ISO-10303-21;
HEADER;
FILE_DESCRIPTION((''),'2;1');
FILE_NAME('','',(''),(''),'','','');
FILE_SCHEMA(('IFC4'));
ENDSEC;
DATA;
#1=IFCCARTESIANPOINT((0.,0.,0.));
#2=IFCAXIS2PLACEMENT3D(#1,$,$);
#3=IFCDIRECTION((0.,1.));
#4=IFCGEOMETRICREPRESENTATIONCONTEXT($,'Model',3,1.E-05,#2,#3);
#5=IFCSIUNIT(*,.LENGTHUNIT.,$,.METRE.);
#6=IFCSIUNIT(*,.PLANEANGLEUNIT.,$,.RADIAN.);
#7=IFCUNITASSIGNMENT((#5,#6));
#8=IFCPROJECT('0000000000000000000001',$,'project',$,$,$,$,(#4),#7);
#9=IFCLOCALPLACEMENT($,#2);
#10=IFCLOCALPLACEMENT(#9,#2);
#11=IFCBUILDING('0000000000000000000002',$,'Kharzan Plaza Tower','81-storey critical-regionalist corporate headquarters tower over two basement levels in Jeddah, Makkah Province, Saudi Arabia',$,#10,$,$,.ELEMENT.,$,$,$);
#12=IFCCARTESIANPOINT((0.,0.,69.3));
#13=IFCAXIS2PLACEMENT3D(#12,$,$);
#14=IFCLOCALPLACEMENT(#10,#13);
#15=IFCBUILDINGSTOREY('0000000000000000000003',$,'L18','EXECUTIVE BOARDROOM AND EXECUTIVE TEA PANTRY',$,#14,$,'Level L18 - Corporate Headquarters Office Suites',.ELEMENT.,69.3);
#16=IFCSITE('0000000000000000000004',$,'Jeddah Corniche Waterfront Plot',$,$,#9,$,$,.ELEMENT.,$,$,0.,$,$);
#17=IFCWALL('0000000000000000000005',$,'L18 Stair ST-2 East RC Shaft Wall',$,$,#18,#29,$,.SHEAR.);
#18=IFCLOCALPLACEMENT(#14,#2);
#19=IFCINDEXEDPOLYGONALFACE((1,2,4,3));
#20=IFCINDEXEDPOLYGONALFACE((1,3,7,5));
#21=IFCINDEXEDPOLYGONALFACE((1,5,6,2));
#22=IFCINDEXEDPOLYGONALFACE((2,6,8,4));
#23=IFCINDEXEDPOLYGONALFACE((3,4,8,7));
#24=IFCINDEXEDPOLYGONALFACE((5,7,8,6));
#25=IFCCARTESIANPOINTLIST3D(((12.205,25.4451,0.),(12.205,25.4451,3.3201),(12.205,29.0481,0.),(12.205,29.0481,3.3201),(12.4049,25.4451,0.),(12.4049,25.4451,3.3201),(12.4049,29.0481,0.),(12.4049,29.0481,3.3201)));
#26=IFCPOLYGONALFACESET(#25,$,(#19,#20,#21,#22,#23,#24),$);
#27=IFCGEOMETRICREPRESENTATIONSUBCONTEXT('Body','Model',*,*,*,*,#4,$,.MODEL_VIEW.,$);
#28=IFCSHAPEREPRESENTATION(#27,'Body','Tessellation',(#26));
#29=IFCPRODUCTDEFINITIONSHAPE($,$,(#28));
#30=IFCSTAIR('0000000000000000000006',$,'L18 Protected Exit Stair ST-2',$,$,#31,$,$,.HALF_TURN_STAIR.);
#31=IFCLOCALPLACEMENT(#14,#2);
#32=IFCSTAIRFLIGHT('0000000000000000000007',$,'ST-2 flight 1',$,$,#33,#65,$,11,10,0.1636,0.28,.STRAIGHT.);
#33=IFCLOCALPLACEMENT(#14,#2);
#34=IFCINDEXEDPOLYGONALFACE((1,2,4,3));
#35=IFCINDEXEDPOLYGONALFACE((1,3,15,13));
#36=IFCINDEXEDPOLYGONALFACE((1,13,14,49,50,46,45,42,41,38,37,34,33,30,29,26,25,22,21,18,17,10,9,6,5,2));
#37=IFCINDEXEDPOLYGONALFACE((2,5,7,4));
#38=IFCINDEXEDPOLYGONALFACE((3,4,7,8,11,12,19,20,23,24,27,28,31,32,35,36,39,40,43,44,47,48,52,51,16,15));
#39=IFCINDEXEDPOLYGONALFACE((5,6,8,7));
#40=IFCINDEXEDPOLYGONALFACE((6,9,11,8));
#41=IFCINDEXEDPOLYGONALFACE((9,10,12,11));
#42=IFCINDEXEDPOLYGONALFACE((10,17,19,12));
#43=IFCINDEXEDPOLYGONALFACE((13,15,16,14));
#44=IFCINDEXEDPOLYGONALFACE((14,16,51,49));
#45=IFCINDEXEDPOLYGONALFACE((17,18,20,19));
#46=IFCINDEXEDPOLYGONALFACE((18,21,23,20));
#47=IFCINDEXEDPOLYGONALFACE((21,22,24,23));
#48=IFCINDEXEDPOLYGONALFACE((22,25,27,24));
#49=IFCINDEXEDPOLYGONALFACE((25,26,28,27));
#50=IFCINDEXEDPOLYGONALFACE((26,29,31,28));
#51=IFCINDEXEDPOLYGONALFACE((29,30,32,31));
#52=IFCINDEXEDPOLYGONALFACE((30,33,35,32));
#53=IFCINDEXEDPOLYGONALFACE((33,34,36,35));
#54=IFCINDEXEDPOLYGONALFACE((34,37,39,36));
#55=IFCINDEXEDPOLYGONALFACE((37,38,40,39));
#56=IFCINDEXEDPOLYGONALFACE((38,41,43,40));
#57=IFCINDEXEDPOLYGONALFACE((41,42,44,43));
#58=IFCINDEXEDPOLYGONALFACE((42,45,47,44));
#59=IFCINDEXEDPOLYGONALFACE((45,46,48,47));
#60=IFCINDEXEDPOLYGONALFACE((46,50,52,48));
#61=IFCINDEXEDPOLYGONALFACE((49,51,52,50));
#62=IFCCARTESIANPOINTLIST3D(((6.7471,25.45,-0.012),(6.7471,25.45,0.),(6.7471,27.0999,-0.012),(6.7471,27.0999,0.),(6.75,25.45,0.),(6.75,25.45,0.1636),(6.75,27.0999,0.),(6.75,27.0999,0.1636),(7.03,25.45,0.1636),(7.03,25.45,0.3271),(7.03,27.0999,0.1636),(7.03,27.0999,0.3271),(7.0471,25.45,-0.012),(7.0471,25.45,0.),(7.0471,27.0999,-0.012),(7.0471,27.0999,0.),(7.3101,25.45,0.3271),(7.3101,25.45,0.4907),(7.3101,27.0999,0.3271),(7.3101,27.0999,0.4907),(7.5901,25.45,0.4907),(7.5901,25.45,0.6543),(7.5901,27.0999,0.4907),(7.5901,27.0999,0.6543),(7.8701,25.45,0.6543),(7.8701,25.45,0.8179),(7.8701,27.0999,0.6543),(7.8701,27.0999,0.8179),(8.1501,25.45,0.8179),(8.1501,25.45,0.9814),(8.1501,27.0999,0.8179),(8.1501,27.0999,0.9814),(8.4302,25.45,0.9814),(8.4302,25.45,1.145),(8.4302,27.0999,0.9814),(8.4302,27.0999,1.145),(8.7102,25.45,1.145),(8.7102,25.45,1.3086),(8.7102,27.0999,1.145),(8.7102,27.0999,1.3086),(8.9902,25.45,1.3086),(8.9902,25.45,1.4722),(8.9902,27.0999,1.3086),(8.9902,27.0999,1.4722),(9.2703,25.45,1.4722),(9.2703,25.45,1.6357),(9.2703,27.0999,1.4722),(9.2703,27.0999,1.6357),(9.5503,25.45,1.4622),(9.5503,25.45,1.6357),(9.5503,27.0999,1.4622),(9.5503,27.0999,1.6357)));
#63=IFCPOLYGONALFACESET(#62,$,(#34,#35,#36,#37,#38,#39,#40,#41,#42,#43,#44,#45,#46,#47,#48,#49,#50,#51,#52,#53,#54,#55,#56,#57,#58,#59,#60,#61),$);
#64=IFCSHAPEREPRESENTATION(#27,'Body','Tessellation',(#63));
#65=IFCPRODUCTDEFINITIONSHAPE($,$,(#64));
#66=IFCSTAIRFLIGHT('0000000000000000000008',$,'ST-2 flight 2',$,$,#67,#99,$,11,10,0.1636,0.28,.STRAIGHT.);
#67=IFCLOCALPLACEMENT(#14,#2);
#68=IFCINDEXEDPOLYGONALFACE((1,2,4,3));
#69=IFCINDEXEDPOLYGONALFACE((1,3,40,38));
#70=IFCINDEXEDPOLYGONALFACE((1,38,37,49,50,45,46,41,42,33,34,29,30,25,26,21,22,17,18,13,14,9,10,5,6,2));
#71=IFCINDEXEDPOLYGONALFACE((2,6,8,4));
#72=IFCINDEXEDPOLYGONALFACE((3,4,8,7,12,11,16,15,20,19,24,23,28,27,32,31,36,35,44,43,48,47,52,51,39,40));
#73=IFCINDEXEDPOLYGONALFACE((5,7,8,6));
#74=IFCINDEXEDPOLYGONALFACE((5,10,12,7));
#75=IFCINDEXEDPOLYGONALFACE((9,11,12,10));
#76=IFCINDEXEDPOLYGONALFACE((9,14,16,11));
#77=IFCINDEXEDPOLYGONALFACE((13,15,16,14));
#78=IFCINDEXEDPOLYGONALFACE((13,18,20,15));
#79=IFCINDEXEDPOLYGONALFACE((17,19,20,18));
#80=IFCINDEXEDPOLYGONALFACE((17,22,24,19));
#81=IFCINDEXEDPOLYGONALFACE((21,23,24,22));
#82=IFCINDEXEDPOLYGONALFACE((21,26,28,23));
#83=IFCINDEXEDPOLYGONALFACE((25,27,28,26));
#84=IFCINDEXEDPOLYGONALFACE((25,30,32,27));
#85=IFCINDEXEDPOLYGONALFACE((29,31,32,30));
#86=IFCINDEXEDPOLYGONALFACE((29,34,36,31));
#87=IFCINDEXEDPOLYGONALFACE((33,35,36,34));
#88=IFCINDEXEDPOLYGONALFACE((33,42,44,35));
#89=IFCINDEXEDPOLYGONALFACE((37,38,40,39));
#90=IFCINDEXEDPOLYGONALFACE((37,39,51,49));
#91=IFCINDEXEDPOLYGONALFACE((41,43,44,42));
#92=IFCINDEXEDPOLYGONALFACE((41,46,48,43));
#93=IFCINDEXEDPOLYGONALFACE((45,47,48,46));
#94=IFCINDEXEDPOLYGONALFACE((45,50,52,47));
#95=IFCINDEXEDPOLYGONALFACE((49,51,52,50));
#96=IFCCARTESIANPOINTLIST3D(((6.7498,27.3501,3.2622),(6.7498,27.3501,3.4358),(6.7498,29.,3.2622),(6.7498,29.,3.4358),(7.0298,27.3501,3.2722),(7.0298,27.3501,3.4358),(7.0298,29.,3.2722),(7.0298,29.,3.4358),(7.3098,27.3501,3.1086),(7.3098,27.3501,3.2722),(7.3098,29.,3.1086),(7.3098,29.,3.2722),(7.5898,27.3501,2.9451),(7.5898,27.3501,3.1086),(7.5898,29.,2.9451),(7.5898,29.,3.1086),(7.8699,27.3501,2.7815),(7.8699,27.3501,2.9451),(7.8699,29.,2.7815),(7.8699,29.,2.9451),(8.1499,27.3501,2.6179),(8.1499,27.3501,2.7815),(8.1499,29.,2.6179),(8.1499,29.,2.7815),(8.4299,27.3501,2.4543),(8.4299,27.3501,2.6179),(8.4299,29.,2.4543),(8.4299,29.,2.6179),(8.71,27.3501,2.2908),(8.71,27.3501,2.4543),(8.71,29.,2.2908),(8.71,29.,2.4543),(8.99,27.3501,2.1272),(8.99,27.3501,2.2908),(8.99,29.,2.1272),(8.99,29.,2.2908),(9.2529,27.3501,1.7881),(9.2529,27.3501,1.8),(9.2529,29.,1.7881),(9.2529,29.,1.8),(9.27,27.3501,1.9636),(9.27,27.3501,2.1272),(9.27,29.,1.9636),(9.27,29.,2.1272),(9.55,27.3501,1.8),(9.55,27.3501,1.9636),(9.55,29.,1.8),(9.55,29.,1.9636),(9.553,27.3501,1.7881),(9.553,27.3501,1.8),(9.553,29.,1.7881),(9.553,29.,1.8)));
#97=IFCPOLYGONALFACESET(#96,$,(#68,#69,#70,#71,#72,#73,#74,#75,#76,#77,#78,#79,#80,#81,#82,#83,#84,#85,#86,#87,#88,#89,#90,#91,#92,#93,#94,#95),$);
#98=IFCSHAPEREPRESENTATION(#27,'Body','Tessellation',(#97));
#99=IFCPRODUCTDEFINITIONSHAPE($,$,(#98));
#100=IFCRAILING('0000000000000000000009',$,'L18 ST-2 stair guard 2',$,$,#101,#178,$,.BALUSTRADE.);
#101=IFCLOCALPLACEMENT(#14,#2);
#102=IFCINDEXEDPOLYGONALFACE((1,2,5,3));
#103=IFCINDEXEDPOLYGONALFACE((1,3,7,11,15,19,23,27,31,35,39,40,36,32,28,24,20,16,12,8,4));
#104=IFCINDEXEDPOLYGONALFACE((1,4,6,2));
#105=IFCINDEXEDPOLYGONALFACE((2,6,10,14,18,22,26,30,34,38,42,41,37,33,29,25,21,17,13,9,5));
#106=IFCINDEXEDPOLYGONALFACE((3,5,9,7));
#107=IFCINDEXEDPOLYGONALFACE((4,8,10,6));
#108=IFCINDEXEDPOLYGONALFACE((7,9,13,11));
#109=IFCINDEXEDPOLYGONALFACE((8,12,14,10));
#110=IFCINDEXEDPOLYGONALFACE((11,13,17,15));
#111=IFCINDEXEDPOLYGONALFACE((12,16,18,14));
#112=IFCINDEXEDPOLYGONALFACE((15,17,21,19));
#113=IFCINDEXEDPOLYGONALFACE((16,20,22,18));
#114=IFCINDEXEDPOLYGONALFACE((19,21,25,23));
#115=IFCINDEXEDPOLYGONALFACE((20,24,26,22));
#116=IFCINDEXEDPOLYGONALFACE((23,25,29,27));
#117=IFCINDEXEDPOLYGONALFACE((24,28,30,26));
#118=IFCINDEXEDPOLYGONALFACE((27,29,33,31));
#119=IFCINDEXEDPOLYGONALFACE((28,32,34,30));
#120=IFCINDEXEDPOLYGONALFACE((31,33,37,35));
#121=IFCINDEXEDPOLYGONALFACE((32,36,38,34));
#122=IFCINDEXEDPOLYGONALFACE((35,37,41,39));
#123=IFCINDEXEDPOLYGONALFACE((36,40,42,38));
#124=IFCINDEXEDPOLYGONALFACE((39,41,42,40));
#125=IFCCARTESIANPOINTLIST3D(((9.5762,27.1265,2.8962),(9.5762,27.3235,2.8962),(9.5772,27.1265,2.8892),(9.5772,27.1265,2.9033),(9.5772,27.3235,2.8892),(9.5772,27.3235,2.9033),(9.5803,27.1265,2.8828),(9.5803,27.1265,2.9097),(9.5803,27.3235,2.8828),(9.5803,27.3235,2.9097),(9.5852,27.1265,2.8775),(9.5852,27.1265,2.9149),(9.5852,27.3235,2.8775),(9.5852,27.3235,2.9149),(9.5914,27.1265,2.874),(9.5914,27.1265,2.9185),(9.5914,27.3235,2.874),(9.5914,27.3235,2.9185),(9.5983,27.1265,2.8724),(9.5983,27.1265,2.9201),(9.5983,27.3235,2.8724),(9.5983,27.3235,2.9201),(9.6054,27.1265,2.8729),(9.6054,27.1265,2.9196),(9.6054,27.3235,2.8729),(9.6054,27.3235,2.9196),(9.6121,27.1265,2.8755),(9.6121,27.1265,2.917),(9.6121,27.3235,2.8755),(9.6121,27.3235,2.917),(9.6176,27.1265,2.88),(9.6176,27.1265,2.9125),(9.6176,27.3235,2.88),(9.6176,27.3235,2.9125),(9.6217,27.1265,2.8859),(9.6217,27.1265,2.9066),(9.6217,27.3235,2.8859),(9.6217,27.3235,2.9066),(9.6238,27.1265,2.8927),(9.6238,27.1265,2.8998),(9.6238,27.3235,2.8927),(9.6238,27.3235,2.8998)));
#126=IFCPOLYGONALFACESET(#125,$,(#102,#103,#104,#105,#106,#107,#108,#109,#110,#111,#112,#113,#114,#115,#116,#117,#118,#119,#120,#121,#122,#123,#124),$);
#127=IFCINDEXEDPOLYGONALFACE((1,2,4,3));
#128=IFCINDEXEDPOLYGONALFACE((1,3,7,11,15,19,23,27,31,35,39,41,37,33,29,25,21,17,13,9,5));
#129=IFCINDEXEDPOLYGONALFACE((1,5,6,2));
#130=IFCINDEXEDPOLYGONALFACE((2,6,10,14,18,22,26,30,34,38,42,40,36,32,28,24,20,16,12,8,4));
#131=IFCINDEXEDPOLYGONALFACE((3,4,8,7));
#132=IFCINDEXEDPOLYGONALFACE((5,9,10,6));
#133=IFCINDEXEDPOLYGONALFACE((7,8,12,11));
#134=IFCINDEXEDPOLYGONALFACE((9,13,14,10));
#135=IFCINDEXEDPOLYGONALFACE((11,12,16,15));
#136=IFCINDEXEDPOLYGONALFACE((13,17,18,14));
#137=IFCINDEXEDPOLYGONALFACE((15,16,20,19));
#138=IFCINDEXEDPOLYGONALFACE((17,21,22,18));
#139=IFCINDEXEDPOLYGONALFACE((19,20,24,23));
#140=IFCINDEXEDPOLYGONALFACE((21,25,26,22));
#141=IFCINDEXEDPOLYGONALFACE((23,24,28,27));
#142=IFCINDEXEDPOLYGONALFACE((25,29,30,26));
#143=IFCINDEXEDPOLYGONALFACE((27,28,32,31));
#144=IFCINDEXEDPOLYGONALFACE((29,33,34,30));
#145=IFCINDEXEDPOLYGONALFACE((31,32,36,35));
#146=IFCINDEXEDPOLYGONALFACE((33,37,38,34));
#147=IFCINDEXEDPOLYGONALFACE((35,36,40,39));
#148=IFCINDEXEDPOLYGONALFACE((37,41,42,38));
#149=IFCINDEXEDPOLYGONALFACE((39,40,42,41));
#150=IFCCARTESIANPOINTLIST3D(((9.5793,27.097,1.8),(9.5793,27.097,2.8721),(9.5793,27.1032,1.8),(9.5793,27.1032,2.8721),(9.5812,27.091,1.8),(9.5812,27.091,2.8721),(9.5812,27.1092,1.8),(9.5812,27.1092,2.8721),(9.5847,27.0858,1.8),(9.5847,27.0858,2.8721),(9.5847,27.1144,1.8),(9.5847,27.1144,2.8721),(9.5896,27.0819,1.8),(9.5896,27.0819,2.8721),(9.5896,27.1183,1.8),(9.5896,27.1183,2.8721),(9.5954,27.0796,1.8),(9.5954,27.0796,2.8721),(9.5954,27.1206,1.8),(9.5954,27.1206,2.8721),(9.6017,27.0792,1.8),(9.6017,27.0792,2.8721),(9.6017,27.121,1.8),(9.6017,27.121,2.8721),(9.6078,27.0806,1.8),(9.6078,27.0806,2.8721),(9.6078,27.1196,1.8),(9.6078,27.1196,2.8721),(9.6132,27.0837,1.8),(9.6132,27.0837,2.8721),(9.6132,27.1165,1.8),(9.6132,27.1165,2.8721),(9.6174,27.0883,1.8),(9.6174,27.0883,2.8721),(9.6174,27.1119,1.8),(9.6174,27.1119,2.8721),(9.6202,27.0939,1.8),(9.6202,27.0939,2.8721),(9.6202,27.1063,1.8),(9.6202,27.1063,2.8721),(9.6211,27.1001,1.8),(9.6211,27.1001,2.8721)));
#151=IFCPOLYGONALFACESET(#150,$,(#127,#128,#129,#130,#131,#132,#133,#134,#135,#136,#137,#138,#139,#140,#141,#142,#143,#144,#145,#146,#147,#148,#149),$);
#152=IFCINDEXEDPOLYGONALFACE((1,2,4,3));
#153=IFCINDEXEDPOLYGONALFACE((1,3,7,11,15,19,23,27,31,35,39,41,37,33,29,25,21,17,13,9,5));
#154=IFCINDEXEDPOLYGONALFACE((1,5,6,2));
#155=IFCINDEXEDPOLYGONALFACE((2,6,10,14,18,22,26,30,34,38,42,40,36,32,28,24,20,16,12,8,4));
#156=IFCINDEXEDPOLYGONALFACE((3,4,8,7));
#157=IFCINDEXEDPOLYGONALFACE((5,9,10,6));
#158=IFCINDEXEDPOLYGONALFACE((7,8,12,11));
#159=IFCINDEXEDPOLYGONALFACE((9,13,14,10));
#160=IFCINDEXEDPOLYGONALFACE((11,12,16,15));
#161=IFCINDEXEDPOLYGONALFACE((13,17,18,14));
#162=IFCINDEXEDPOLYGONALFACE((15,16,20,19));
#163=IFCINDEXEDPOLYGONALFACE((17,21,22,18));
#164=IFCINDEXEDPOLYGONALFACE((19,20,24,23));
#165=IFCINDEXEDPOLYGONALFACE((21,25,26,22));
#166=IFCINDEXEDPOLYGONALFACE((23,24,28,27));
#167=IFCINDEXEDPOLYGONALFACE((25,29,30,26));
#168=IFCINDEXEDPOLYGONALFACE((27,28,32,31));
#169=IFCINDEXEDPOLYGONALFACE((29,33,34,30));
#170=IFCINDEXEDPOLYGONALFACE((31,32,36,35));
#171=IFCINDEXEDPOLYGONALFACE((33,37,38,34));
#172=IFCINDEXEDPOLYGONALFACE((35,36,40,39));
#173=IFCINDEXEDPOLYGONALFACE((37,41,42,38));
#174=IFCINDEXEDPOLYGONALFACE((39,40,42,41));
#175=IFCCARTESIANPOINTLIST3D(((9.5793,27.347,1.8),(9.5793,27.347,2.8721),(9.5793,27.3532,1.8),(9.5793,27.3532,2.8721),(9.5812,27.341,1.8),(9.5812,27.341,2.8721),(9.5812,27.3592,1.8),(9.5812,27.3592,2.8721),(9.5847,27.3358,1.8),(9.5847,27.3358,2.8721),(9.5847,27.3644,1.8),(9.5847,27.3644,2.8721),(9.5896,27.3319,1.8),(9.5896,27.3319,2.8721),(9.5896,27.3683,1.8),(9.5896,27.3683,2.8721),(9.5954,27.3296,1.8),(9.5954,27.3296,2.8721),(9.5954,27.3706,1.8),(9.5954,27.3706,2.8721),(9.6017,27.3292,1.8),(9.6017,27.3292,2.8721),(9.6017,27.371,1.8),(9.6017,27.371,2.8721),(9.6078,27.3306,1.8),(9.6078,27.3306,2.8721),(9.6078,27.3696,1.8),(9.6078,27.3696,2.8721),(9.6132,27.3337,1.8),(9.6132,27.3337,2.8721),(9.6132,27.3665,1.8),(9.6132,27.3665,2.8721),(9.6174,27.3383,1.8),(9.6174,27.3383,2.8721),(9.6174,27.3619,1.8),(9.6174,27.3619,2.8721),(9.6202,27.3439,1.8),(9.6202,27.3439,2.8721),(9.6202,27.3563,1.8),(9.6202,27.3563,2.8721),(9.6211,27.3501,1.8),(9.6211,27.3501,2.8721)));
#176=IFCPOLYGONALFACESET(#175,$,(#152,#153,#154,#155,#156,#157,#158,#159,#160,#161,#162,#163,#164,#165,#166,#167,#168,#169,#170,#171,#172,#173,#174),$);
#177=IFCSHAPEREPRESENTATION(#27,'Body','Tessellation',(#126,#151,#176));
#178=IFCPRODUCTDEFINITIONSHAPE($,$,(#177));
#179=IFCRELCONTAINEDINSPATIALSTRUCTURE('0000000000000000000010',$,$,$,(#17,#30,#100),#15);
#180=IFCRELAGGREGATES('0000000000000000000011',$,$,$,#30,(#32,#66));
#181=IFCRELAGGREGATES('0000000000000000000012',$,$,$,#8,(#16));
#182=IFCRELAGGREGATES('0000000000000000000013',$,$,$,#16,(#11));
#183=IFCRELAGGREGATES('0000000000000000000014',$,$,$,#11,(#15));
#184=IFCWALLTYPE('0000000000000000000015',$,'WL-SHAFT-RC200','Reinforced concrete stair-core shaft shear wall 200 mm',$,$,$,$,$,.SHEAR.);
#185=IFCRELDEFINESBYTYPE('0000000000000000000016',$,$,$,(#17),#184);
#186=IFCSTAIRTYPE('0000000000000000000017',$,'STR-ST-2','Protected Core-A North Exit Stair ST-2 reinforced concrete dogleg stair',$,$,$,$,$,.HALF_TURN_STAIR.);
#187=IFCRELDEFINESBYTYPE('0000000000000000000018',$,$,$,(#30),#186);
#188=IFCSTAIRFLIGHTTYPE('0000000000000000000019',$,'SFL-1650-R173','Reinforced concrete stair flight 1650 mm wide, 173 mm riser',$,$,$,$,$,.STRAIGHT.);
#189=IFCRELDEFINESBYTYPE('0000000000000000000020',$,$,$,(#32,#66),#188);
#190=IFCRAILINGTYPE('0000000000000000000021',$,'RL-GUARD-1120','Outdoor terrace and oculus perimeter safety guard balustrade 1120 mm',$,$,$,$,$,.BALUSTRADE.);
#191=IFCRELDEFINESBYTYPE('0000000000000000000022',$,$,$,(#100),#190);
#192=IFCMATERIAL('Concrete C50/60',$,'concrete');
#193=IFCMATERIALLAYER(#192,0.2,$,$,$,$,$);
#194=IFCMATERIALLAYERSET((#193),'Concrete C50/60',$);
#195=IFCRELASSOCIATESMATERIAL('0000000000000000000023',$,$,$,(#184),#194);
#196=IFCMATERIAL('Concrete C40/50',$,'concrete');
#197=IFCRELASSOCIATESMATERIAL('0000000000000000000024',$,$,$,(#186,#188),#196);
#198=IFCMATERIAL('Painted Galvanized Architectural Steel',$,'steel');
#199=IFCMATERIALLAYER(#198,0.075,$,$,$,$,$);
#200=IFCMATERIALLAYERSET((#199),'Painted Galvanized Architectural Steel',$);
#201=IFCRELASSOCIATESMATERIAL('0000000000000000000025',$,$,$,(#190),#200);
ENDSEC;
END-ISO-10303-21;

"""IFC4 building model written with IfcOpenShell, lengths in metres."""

from ifc_helpers import new_model, si_unit, direction, frame, frame_2d, origin, origin_2d, place, context, subcontext, project, spatial, polyline, rectangle, circle, outline, extrude, source, transform, mapped, material, layer, layer_set, type_object, element, aggregate, save


model = new_model("IFC4")

# Units and contexts
model_context = context("Model", 3, precision=1e-05, world=origin(), true_north=direction((0.0, 1.0)))
body_context = subcontext(model_context, "Body", "Model", "MODEL_VIEW")
ifc_project = project(units=[si_unit("LENGTHUNIT", "METRE"), si_unit("PLANEANGLEUNIT", "RADIAN")], contexts=[model_context])

# Site, building, storey
site_placement = place(None, origin())
site = spatial("IfcSite", under=ifc_project, at=site_placement, Name="Jeddah Corniche Waterfront Plot", CompositionType="ELEMENT", RefElevation=0.0)
building_placement = place(site_placement, origin())
building = spatial("IfcBuilding", under=site, at=building_placement, Name="Kharzan Plaza Tower", Description="81-storey critical-regionalist corporate headquarters tower over two basement levels in Jeddah, Makkah Province, Saudi Arabia", CompositionType="ELEMENT")
storey_placement = place(building_placement, frame((0.0, 0.0, 69.3)))
storey = spatial("IfcBuildingStorey", under=building, at=storey_placement, Name="L18", Description="EXECUTIVE BOARDROOM AND EXECUTIVE TEA PANTRY", LongName="Level L18 - Corporate Headquarters Office Suites", CompositionType="ELEMENT", Elevation=69.3)

# Shared definitions
ifc_material_1 = material(Name="Concrete C40/50", Category="concrete")

# Wall
ifc_material_2 = material(Name="Concrete C50/60", Category="concrete")
ifc_layer_1 = layer(ifc_material_2, 0.2)
ifc_layer_set_1 = layer_set([ifc_layer_1], Name="Concrete C50/60")
wall_type_1 = type_object("IfcWallType", Name="WL-SHAFT-RC200", Description="Reinforced concrete stair-core shaft shear wall 200 mm", PredefinedType="SHEAR", material=ifc_layer_set_1)
shared_shape_1 = source(origin(), body_context, "Body", "SweptSolid", [
    extrude(rectangle(XDim=3.603, YDim=0.2, at=frame_2d((1.8015, 0.0))), origin(), (0.0, 0.0, 1.0), 3.3201),
])
wall_1_placement = place(storey_placement, frame((12.3049, 25.4451, 0.0), z_axis=(0.0, 0.0, 1.0), x_axis=(0.0, 1.0, 0.0)))
element("IfcWall", 1, at=wall_1_placement, inside=storey, type_object=wall_type_1, Name="L18 Stair ST-2 East RC Shaft Wall", PredefinedType="SHEAR", context=body_context, shape_type="MappedRepresentation", body=[
    mapped(shared_shape_1, transform((0.0, 0.0, 0.0), x_axis=(1.0, 0.0, 0.0), y_axis=(0.0, 1.0, 0.0), z_axis=(0.0, 0.0, 1.0))),
])

# Stair, stair flights
stair_type = type_object("IfcStairType", Name="STR-ST-2", Description="Protected Core-A North Exit Stair ST-2 reinforced concrete dogleg stair", PredefinedType="HALF_TURN_STAIR", material=ifc_material_1)
stair_placement = place(storey_placement, origin())
stair = element("IfcStair", 2, at=stair_placement, inside=storey, type_object=stair_type, Name="L18 Protected Exit Stair ST-2", PredefinedType="HALF_TURN_STAIR")
stair_flight_type = type_object("IfcStairFlightType", Name="SFL-1650-R173", Description="Reinforced concrete stair flight 1650 mm wide, 173 mm riser", PredefinedType="STRAIGHT", material=ifc_material_1)
shared_shape_2 = source(origin(), body_context, "Body", "SweptSolid", [
    extrude(outline(polyline([(-0.0029, -0.012), (-0.0029, 0.0), (0.0, 0.0), (0.0, 0.1636), (0.28, 0.1636), (0.28, 0.3271), (0.5601, 0.3271), (0.5601, 0.4907), (0.8401, 0.4907), (0.8401, 0.6543), (1.1201, 0.6543), (1.1201, 0.8179), (1.4001, 0.8179), (1.4001, 0.9814), (1.6802, 0.9814), (1.6802, 1.145), (1.9602, 1.145), (1.9602, 1.3086), (2.2402, 1.3086), (2.2402, 1.4722), (2.5203, 1.4722), (2.5203, 1.6357), (2.8003, 1.6357), (2.8003, 1.7993), (2.8003, 1.4622), (0.2971, 0.0), (0.2971, -0.012), (-0.0029, -0.012)])), frame((0.0, 0.825, 0.0), z_axis=(0.0, -1.0, 0.0), x_axis=(1.0, 0.0, 0.0)), (0.0, 0.0, 1.0), 1.6499),
])
stair_flight_1_placement = place(storey_placement, frame((6.75, 26.2749, 0.0), z_axis=(0.0, 0.0, 1.0), x_axis=(1.0, 0.0, 0.0)))
stair_flight_1 = element("IfcStairFlight", 3, at=stair_flight_1_placement, type_object=stair_flight_type, Name="ST-2 flight 1", NumberOfRisers=11, NumberOfTreads=10, PredefinedType="STRAIGHT", RiserHeight=0.1636, TreadLength=0.28, context=body_context, shape_type="MappedRepresentation", body=[
    mapped(shared_shape_2, transform((0.0, 0.0, 0.0), x_axis=(1.0, 0.0, 0.0), y_axis=(0.0, 1.0, 0.0), z_axis=(0.0, 0.0, 1.0))),
])
stair_flight_2_placement = place(storey_placement, frame((9.55, 28.175, 1.8), z_axis=(0.0, 0.0, 1.0), x_axis=(-1.0, 0.0, 0.0)))
stair_flight_2 = element("IfcStairFlight", 4, at=stair_flight_2_placement, type_object=stair_flight_type, Name="ST-2 flight 2", NumberOfRisers=11, NumberOfTreads=10, PredefinedType="STRAIGHT", RiserHeight=0.1636, TreadLength=0.28, context=body_context, shape_type="MappedRepresentation", body=[
    mapped(shared_shape_2, transform((0.0, 0.0, 0.0), x_axis=(1.0, 0.0, 0.0), y_axis=(0.0, 1.0, 0.0), z_axis=(0.0, 0.0, 1.0))),
])
aggregate(stair, [stair_flight_1, stair_flight_2])

# Railing
ifc_material_3 = material(Name="Painted Galvanized Architectural Steel", Category="steel")
ifc_layer_2 = layer(ifc_material_3, 0.075)
ifc_layer_set_2 = layer_set([ifc_layer_2], Name="Painted Galvanized Architectural Steel")
railing_type_1 = type_object("IfcRailingType", Name="RL-GUARD-1120", Description="Outdoor terrace and oculus perimeter safety guard balustrade 1120 mm", PredefinedType="BALUSTRADE", material=ifc_layer_set_2)
shared_shape_3 = source(origin(), body_context, "Body", "SweptSolid", [
    extrude(circle(Radius=0.0239, at=origin_2d()), frame((0.0, 0.0264, 1.0962), z_axis=(0.0, 1.0, 0.0), x_axis=(-1.0, 0.0, 0.0)), (0.0, 0.0, 1.0), 0.197),
    extrude(circle(Radius=0.021, at=origin_2d()), origin(), (0.0, 0.0, 1.0), 1.072),
    extrude(circle(Radius=0.021, at=origin_2d()), frame((0.0, 0.25, 0.0)), (0.0, 0.0, 1.0), 1.072),
])
for number, where, name in (
    (5, (9.6001, 27.1001, 1.8), "L18 ST-2 stair guard 2"),
):
    element("IfcRailing", number, at=place(storey_placement, frame(where)), inside=storey, type_object=railing_type_1, Name=name, PredefinedType="BALUSTRADE", context=body_context, shape_type="MappedRepresentation", body=[
        mapped(shared_shape_3, transform((0.0, 0.0, 0.0), x_axis=(1.0, 0.0, 0.0), y_axis=(0.0, 1.0, 0.0), z_axis=(0.0, 0.0, 1.0))),
    ])

save(model, "model.ifc")
